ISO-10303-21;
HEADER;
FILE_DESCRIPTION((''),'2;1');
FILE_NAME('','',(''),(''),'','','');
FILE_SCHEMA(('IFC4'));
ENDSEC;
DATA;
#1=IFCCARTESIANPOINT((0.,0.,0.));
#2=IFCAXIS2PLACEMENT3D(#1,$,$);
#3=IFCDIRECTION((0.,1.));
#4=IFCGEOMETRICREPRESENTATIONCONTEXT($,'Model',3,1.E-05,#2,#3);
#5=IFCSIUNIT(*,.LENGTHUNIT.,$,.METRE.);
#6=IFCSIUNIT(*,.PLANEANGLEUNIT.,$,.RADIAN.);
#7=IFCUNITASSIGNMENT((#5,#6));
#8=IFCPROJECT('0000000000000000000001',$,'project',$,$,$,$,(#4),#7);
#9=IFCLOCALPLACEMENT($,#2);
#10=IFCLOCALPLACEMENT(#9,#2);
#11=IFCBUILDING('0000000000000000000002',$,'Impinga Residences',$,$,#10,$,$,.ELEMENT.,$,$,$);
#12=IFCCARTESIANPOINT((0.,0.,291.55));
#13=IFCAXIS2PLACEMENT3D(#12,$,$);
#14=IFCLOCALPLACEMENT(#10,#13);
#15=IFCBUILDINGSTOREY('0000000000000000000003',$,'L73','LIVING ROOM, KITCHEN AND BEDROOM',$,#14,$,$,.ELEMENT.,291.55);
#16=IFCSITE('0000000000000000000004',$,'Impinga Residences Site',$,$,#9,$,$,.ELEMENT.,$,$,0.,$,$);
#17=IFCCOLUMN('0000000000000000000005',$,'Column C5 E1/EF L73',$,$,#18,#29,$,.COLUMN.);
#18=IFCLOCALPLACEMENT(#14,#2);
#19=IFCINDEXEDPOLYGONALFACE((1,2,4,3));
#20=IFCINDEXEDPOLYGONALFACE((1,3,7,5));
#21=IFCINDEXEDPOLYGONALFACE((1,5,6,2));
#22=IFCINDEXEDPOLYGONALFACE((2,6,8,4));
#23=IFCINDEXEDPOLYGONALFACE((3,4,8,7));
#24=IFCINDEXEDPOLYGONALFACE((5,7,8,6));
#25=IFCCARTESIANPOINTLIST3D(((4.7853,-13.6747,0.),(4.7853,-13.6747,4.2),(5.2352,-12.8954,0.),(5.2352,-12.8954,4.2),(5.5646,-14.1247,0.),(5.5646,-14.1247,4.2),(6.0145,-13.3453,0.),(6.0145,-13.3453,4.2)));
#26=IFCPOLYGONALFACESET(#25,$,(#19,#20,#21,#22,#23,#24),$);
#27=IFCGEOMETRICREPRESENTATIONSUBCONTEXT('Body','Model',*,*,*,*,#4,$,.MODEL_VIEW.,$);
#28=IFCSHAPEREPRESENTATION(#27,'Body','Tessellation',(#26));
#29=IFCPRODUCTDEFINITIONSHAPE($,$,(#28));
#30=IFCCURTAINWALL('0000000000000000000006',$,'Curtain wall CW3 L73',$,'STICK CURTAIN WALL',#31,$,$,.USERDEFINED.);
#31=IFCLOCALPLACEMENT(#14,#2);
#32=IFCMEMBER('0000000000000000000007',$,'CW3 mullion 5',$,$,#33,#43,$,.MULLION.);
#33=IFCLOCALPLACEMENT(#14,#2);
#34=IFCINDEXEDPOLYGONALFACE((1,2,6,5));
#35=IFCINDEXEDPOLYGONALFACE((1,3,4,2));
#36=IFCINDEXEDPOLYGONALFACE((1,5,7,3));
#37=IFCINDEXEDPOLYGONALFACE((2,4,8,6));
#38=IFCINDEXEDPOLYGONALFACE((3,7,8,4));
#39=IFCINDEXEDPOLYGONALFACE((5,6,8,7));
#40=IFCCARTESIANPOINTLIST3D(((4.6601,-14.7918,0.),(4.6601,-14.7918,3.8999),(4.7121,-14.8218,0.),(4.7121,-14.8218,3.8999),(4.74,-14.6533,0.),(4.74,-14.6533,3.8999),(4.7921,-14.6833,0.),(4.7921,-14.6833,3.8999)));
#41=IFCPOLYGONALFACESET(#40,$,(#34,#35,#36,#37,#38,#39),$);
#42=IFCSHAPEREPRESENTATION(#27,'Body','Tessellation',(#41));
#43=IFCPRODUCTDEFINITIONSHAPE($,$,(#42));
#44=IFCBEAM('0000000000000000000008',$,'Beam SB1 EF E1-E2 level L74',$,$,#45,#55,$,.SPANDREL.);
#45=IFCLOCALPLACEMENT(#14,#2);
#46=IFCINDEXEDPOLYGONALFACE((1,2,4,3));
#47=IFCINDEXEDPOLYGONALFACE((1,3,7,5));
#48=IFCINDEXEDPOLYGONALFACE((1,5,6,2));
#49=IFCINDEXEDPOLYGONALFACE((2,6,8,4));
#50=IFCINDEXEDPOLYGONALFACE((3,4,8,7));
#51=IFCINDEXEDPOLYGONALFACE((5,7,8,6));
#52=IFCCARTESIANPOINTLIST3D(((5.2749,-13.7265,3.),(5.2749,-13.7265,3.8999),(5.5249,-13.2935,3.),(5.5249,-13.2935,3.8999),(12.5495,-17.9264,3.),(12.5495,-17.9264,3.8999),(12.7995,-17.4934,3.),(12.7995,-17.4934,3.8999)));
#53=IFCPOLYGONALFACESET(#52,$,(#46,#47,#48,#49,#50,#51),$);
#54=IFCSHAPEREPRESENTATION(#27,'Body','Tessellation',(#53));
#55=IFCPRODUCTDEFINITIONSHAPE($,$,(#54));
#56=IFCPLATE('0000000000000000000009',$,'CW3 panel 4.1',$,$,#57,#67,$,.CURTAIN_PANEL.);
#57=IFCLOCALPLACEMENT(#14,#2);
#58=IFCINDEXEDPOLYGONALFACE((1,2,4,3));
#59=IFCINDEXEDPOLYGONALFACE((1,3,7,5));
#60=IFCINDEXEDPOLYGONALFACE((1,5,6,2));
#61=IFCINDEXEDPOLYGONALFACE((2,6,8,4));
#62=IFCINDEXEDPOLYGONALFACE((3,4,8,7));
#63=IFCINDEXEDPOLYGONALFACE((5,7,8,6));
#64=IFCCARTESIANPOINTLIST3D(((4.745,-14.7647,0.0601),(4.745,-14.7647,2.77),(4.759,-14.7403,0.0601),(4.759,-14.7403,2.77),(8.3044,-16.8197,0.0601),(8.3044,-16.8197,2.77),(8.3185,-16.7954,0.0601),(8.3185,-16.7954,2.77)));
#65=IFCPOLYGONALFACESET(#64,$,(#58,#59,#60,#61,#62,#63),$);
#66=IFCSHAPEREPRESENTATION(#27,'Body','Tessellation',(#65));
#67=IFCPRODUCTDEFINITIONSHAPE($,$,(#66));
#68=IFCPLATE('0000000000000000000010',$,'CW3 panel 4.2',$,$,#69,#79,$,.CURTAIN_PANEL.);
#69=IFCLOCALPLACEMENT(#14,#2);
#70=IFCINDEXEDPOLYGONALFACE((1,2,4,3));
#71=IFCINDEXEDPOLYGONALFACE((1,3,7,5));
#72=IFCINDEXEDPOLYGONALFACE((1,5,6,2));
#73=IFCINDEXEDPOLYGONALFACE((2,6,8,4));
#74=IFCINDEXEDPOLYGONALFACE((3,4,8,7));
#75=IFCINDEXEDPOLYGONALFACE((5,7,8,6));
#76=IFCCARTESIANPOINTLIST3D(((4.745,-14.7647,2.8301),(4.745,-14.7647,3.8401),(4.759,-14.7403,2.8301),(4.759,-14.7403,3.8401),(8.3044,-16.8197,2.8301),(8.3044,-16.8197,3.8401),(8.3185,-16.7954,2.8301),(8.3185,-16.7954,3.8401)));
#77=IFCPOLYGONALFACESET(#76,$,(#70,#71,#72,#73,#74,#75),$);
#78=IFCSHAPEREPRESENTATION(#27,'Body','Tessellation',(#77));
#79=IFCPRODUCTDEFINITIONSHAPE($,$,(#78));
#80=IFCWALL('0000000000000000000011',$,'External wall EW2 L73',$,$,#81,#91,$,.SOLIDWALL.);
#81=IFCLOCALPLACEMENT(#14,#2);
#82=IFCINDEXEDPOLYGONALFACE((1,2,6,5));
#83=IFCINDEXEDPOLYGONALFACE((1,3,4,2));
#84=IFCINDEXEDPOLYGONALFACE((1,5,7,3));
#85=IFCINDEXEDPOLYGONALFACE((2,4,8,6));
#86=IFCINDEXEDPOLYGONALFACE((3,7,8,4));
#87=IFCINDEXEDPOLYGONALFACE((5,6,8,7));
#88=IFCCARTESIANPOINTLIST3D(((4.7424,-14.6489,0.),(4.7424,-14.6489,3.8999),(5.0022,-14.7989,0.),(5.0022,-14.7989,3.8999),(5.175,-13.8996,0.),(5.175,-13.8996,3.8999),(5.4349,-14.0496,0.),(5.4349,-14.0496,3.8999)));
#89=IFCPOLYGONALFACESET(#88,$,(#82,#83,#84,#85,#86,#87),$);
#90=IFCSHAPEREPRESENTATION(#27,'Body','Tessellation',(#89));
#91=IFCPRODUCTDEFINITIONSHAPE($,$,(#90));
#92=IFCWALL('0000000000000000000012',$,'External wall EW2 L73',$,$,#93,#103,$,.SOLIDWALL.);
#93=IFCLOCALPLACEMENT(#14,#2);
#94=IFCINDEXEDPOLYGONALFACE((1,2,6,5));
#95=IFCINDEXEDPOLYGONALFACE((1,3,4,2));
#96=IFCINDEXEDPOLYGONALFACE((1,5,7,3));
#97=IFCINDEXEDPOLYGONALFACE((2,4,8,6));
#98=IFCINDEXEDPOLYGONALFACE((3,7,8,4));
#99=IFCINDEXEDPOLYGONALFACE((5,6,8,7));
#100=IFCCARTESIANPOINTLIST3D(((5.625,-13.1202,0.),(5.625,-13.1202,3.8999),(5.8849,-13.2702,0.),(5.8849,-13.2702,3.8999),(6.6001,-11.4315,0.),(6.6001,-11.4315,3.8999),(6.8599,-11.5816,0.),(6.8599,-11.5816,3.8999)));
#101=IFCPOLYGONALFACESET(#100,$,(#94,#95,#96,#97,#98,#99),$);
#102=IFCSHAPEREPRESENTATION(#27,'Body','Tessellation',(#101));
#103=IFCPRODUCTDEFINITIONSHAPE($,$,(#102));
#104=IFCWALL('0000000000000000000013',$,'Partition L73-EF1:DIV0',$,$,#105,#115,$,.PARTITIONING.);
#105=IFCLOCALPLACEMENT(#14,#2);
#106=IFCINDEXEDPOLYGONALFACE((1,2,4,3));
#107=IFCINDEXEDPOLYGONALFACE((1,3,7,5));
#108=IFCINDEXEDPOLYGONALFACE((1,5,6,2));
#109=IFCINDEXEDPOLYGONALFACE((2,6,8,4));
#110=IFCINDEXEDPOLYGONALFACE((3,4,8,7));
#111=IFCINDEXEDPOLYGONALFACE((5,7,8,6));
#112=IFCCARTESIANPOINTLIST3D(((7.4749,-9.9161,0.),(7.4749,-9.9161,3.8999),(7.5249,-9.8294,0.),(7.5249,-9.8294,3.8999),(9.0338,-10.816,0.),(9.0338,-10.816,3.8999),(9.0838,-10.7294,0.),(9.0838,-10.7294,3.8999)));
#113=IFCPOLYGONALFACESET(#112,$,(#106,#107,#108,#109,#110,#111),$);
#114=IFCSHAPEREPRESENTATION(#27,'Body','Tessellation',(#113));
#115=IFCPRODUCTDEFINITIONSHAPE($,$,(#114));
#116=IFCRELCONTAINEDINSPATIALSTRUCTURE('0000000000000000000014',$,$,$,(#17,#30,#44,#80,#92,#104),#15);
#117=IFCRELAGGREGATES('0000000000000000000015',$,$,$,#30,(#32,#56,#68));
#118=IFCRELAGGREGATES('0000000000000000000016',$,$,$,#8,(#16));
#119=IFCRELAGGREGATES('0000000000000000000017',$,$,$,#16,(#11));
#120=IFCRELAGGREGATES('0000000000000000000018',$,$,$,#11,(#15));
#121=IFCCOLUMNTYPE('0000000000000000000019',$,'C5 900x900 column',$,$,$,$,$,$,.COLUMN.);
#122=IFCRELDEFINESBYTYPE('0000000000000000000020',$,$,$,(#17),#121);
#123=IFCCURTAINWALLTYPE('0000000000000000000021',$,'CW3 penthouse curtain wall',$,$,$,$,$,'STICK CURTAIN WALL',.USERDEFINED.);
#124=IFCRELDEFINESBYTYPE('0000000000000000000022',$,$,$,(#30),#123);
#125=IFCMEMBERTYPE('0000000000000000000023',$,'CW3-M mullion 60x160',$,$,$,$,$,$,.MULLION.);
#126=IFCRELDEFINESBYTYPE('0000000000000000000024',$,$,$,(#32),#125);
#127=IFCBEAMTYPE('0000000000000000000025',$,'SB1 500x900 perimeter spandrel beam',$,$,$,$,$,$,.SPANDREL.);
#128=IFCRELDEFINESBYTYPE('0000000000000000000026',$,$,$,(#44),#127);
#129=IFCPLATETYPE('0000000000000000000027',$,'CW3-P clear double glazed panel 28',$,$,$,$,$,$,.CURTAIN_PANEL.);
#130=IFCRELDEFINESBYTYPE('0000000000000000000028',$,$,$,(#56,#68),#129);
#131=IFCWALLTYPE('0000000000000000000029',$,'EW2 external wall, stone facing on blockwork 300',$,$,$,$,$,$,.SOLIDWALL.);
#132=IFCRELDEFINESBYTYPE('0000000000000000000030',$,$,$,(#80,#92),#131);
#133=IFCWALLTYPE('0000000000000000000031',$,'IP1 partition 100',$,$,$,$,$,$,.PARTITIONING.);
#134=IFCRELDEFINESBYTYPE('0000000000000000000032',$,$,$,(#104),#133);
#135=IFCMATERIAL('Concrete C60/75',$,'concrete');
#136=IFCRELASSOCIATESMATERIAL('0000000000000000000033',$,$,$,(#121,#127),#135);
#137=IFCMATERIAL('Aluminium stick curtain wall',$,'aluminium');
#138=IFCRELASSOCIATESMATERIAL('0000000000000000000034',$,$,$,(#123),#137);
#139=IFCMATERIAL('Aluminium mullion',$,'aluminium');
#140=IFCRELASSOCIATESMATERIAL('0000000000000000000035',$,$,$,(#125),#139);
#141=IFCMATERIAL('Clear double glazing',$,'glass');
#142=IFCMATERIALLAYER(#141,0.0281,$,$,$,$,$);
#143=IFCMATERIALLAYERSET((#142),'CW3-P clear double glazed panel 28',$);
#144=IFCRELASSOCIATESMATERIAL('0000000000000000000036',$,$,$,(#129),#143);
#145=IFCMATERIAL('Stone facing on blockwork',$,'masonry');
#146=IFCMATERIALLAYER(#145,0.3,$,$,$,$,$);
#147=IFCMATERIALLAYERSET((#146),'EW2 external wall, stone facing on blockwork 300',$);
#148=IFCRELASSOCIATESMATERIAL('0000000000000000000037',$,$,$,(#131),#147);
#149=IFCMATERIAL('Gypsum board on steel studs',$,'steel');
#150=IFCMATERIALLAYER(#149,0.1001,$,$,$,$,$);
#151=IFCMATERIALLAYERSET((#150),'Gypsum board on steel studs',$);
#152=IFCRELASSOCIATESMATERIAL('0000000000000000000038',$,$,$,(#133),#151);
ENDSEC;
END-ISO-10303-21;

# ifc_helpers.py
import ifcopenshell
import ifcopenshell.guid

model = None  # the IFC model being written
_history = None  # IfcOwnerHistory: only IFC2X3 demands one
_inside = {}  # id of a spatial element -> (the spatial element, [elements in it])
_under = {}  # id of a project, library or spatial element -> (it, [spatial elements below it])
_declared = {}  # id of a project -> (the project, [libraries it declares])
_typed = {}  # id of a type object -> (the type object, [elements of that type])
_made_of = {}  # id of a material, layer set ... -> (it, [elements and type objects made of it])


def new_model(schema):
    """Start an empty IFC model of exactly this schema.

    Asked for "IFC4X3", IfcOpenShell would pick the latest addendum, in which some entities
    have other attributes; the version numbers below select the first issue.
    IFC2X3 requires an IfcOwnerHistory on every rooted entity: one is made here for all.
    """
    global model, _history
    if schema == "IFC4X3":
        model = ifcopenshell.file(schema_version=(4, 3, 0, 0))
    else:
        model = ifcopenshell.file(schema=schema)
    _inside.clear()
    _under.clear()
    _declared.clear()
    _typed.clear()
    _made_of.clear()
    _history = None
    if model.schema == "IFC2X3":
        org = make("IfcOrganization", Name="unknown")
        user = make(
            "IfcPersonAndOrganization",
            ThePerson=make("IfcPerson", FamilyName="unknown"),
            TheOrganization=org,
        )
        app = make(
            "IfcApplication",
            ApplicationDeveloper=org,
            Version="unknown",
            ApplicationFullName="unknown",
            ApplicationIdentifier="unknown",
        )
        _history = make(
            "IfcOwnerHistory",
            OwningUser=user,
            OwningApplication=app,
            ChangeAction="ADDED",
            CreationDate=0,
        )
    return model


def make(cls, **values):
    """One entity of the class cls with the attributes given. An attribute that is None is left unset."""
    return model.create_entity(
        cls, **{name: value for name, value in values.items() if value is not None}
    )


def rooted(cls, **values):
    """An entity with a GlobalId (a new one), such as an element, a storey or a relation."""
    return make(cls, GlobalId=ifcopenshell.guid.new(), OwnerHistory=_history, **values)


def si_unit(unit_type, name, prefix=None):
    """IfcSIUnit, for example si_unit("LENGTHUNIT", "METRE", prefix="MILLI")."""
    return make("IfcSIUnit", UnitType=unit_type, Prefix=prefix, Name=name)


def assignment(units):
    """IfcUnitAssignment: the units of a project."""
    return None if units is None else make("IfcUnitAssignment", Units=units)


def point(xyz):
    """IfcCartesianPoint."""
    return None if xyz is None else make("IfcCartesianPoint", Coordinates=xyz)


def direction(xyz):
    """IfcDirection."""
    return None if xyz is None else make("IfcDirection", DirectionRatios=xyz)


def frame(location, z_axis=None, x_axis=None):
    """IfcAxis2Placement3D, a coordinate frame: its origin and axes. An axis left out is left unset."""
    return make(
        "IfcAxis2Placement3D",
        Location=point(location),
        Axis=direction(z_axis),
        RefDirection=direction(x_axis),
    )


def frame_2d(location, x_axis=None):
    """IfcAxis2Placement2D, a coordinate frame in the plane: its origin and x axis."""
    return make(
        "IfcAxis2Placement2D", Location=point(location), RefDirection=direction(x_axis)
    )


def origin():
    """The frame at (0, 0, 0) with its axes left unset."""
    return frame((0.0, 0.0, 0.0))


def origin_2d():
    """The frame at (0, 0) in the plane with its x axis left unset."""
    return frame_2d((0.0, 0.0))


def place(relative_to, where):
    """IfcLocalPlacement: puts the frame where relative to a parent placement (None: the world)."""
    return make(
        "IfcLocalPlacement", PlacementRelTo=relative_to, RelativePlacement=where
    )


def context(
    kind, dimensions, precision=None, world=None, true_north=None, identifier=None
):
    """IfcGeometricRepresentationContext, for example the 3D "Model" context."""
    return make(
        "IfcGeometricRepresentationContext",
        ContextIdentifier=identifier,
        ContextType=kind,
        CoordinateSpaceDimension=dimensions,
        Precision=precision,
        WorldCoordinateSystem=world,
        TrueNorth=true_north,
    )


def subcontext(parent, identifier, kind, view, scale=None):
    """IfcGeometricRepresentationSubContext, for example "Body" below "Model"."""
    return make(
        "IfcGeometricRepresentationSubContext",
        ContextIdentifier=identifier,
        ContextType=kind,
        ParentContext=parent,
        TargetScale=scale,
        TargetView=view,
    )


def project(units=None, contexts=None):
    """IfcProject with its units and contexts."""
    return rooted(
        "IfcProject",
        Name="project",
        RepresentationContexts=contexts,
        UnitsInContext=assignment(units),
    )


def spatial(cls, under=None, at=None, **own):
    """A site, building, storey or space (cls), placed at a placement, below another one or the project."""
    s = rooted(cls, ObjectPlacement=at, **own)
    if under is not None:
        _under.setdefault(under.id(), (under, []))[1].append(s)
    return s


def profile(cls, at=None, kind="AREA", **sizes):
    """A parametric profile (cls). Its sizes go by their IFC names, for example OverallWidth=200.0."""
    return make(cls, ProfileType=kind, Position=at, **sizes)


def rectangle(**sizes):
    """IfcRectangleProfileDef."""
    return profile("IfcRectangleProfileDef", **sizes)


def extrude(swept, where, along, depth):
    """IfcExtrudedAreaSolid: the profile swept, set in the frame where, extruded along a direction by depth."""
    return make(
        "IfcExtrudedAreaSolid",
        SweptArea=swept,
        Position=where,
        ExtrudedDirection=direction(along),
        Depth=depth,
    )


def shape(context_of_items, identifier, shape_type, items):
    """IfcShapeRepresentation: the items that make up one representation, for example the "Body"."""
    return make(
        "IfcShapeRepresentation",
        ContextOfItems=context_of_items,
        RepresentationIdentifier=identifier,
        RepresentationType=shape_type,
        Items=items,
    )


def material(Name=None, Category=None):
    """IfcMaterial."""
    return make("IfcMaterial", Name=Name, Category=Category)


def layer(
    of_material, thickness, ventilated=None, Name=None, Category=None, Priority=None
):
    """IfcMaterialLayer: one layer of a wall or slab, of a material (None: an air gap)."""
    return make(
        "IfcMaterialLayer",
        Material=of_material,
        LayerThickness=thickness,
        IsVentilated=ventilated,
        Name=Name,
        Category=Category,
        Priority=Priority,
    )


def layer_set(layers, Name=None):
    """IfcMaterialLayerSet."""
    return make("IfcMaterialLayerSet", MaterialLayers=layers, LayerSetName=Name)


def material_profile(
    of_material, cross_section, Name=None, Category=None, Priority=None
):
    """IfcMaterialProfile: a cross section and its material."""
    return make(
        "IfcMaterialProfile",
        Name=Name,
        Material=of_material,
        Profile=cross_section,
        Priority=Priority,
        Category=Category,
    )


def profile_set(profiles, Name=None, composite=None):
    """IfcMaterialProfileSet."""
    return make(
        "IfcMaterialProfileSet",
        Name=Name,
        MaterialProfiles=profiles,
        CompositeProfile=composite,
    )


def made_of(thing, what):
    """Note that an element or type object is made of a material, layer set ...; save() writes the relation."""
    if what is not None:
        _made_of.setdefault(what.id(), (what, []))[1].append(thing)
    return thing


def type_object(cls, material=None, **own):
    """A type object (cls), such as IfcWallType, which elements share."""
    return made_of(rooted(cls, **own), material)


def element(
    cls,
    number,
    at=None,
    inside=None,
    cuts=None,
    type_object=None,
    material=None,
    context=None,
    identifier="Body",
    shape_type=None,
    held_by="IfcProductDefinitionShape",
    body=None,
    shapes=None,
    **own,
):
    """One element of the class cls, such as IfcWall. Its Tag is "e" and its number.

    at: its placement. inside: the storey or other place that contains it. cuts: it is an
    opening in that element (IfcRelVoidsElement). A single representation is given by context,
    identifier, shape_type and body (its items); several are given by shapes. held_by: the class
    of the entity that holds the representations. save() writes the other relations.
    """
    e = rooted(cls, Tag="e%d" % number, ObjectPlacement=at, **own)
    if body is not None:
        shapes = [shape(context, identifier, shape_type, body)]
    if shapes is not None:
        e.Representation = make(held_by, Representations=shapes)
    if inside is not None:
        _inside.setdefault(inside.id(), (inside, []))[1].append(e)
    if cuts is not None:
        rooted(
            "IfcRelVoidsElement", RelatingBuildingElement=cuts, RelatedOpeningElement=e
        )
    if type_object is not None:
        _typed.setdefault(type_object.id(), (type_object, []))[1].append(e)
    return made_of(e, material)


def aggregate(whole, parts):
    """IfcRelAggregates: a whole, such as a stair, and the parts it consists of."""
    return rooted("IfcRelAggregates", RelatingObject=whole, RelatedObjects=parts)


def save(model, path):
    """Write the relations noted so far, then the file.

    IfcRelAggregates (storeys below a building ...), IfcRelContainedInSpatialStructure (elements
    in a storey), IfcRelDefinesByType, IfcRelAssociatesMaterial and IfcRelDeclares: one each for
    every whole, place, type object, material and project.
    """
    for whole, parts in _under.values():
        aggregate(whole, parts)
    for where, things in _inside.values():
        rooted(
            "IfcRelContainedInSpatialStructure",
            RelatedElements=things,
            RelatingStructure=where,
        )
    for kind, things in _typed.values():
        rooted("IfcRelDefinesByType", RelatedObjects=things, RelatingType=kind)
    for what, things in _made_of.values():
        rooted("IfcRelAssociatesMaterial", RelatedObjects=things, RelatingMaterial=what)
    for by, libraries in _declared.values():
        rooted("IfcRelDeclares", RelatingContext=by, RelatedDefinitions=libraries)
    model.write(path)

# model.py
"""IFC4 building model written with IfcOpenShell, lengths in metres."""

from ifc_helpers import new_model, si_unit, direction, frame, frame_2d, origin, origin_2d, place, context, subcontext, project, spatial, rectangle, extrude, material, layer, layer_set, material_profile, profile_set, type_object, element, aggregate, save


model = new_model("IFC4")

# Units and contexts
model_context = context("Model", 3, precision=1e-05, world=origin(), true_north=direction((0.0, 1.0)))
body_context = subcontext(model_context, "Body", "Model", "MODEL_VIEW")
ifc_project = project(units=[si_unit("LENGTHUNIT", "METRE"), si_unit("PLANEANGLEUNIT", "RADIAN")], contexts=[model_context])

# Site, building, storey
site_placement = place(None, origin())
site = spatial("IfcSite", under=ifc_project, at=site_placement, Name="Impinga Residences Site", CompositionType="ELEMENT", RefElevation=0.0)
building_placement = place(site_placement, origin())
building = spatial("IfcBuilding", under=site, at=building_placement, Name="Impinga Residences", CompositionType="ELEMENT")
storey_placement = place(building_placement, frame((0.0, 0.0, 291.55)))
storey = spatial("IfcBuildingStorey", under=building, at=storey_placement, Name="L73", Description="LIVING ROOM, KITCHEN AND BEDROOM", CompositionType="ELEMENT", Elevation=291.55)

# Column
ifc_material_1 = material(Name="Concrete C60/75", Category="concrete")
ifc_material_profile_1 = material_profile(ifc_material_1, rectangle(XDim=0.8999, YDim=0.8999, at=origin_2d()), Name="RC 900x900")
ifc_profile_set_1 = profile_set([ifc_material_profile_1], Name="Concrete C60/75")
column_type = type_object("IfcColumnType", Name="C5 900x900 column", PredefinedType="COLUMN", material=ifc_profile_set_1)
column_placement = place(storey_placement, frame((5.3999, -13.51, 0.0), z_axis=(0.0, 0.0, 1.0), x_axis=(-0.5, -0.866025, 0.0)))
element("IfcColumn", 1, at=column_placement, inside=storey, type_object=column_type, Name="Column C5 E1/EF L73", PredefinedType="COLUMN", context=body_context, shape_type="SweptSolid", body=[
    extrude(rectangle(XDim=0.8999, YDim=0.8999, at=origin_2d()), origin(), (0.0, 0.0, 1.0), 4.2),
])

# Curtain wall, member
ifc_material_2 = material(Name="Aluminium stick curtain wall", Category="aluminium")
curtain_wall_type = type_object("IfcCurtainWallType", Name="CW3 penthouse curtain wall", ElementType="STICK CURTAIN WALL", PredefinedType="USERDEFINED", material=ifc_material_2)
curtain_wall_placement = place(storey_placement, origin())
curtain_wall = element("IfcCurtainWall", 2, at=curtain_wall_placement, inside=storey, type_object=curtain_wall_type, Name="Curtain wall CW3 L73", ObjectType="STICK CURTAIN WALL", PredefinedType="USERDEFINED")
ifc_material_3 = material(Name="Aluminium mullion", Category="aluminium")
ifc_material_profile_2 = material_profile(ifc_material_3, rectangle(XDim=0.0601, YDim=0.1599, at=origin_2d()), Name="60x160 mullion")
ifc_profile_set_2 = profile_set([ifc_material_profile_2], Name="Aluminium mullion")
member_type = type_object("IfcMemberType", Name="CW3-M mullion 60x160", PredefinedType="MULLION", material=ifc_profile_set_2)
member_placement = place(storey_placement, frame((4.7261, -14.7375, 0.0), z_axis=(0.0, 0.0, 1.0), x_axis=(-0.866025, 0.5, 0.0)))
member = element("IfcMember", 3, at=member_placement, type_object=member_type, Name="CW3 mullion 5", PredefinedType="MULLION", context=body_context, shape_type="SweptSolid", body=[
    extrude(rectangle(XDim=0.0601, YDim=0.1599, at=origin_2d()), origin(), (0.0, 0.0, 1.0), 3.8999),
])

# Beam
ifc_material_profile_3 = material_profile(ifc_material_1, rectangle(XDim=0.5, YDim=0.8999, at=origin_2d()), Name="RC 500x900")
ifc_profile_set_3 = profile_set([ifc_material_profile_3], Name="Concrete C60/75")
beam_type = type_object("IfcBeamType", Name="SB1 500x900 perimeter spandrel beam", PredefinedType="SPANDREL", material=ifc_profile_set_3)
beam_placement = place(storey_placement, frame((5.3999, -13.51, 3.45), z_axis=(0.866029, -0.499993, 0.0), x_axis=(0.499993, 0.866029, 0.0)))
element("IfcBeam", 4, at=beam_placement, inside=storey, type_object=beam_type, Name="Beam SB1 EF E1-E2 level L74", PredefinedType="SPANDREL", context=body_context, shape_type="SweptSolid", body=[
    extrude(rectangle(XDim=0.5, YDim=0.8999, at=origin_2d()), origin(), (0.0, 0.0, 1.0), 8.3999),
])

# Plates
ifc_material_4 = material(Name="Clear double glazing", Category="glass")
ifc_layer_1 = layer(ifc_material_4, 0.0281)
ifc_layer_set_1 = layer_set([ifc_layer_1], Name="CW3-P clear double glazed panel 28")
plate_type = type_object("IfcPlateType", Name="CW3-P clear double glazed panel 28", PredefinedType="CURTAIN_PANEL", material=ifc_layer_set_1)
plate_1_placement = place(storey_placement, frame((6.5317, -15.78, 0.0601), z_axis=(0.0, 0.0, 1.0), x_axis=(-0.866025, 0.5, 0.0)))
plate_1 = element("IfcPlate", 5, at=plate_1_placement, type_object=plate_type, Name="CW3 panel 4.1", PredefinedType="CURTAIN_PANEL", context=body_context, shape_type="SweptSolid", body=[
    extrude(rectangle(XDim=4.1101, YDim=0.0281, at=origin_2d()), origin(), (0.0, 0.0, 1.0), 2.71),
])
plate_2_placement = place(storey_placement, frame((6.5317, -15.78, 2.8301), z_axis=(0.0, 0.0, 1.0), x_axis=(-0.866025, 0.5, 0.0)))
plate_2 = element("IfcPlate", 6, at=plate_2_placement, type_object=plate_type, Name="CW3 panel 4.2", PredefinedType="CURTAIN_PANEL", context=body_context, shape_type="SweptSolid", body=[
    extrude(rectangle(XDim=4.1101, YDim=0.0281, at=origin_2d()), origin(), (0.0, 0.0, 1.0), 1.01),
])
aggregate(curtain_wall, [member, plate_1, plate_2])

# Walls
ifc_material_5 = material(Name="Stone facing on blockwork", Category="masonry")
ifc_layer_2 = layer(ifc_material_5, 0.3)
ifc_layer_set_2 = layer_set([ifc_layer_2], Name="EW2 external wall, stone facing on blockwork 300")
wall_type_1 = type_object("IfcWallType", Name="EW2 external wall, stone facing on blockwork 300", PredefinedType="SOLIDWALL", material=ifc_layer_set_2)
wall_1_placement = place(storey_placement, frame((4.8723, -14.7239, 0.0), z_axis=(0.0, 0.0, 1.0), x_axis=(0.500024, 0.866012, 0.0)))
element("IfcWall", 7, at=wall_1_placement, inside=storey, type_object=wall_type_1, Name="External wall EW2 L73", PredefinedType="SOLIDWALL", context=body_context, shape_type="SweptSolid", body=[
    extrude(rectangle(XDim=0.8652, YDim=0.3, at=frame_2d((0.4326, 0.0))), origin(), (0.0, 0.0, 1.0), 3.8999),
])
wall_2_placement = place(storey_placement, frame((5.7549, -13.1953, 0.0), z_axis=(0.0, 0.0, 1.0), x_axis=(0.500044, 0.866, 0.0)))
element("IfcWall", 8, at=wall_2_placement, inside=storey, type_object=wall_type_1, Name="External wall EW2 L73", PredefinedType="SOLIDWALL", context=body_context, shape_type="SweptSolid", body=[
    extrude(rectangle(XDim=1.95, YDim=0.3, at=frame_2d((0.9751, 0.0))), origin(), (0.0, 0.0, 1.0), 3.8999),
])
ifc_material_6 = material(Name="Gypsum board on steel studs", Category="steel")
ifc_layer_3 = layer(ifc_material_6, 0.1001)
ifc_layer_set_3 = layer_set([ifc_layer_3], Name="Gypsum board on steel studs")
wall_type_2 = type_object("IfcWallType", Name="IP1 partition 100", PredefinedType="PARTITIONING", material=ifc_layer_set_3)
wall_3_placement = place(storey_placement, frame((7.5, -9.8728, 0.0), z_axis=(0.0, 0.0, 1.0), x_axis=(0.866048, -0.499961, 0.0)))
element("IfcWall", 9, at=wall_3_placement, inside=storey, type_object=wall_type_2, Name="Partition L73-EF1:DIV0", PredefinedType="PARTITIONING", context=body_context, shape_type="SweptSolid", body=[
    extrude(rectangle(XDim=1.8, YDim=0.1001, at=frame_2d((0.8999, 0.0))), origin(), (0.0, 0.0, 1.0), 3.8999),
])

save(model, "model.ifc")
